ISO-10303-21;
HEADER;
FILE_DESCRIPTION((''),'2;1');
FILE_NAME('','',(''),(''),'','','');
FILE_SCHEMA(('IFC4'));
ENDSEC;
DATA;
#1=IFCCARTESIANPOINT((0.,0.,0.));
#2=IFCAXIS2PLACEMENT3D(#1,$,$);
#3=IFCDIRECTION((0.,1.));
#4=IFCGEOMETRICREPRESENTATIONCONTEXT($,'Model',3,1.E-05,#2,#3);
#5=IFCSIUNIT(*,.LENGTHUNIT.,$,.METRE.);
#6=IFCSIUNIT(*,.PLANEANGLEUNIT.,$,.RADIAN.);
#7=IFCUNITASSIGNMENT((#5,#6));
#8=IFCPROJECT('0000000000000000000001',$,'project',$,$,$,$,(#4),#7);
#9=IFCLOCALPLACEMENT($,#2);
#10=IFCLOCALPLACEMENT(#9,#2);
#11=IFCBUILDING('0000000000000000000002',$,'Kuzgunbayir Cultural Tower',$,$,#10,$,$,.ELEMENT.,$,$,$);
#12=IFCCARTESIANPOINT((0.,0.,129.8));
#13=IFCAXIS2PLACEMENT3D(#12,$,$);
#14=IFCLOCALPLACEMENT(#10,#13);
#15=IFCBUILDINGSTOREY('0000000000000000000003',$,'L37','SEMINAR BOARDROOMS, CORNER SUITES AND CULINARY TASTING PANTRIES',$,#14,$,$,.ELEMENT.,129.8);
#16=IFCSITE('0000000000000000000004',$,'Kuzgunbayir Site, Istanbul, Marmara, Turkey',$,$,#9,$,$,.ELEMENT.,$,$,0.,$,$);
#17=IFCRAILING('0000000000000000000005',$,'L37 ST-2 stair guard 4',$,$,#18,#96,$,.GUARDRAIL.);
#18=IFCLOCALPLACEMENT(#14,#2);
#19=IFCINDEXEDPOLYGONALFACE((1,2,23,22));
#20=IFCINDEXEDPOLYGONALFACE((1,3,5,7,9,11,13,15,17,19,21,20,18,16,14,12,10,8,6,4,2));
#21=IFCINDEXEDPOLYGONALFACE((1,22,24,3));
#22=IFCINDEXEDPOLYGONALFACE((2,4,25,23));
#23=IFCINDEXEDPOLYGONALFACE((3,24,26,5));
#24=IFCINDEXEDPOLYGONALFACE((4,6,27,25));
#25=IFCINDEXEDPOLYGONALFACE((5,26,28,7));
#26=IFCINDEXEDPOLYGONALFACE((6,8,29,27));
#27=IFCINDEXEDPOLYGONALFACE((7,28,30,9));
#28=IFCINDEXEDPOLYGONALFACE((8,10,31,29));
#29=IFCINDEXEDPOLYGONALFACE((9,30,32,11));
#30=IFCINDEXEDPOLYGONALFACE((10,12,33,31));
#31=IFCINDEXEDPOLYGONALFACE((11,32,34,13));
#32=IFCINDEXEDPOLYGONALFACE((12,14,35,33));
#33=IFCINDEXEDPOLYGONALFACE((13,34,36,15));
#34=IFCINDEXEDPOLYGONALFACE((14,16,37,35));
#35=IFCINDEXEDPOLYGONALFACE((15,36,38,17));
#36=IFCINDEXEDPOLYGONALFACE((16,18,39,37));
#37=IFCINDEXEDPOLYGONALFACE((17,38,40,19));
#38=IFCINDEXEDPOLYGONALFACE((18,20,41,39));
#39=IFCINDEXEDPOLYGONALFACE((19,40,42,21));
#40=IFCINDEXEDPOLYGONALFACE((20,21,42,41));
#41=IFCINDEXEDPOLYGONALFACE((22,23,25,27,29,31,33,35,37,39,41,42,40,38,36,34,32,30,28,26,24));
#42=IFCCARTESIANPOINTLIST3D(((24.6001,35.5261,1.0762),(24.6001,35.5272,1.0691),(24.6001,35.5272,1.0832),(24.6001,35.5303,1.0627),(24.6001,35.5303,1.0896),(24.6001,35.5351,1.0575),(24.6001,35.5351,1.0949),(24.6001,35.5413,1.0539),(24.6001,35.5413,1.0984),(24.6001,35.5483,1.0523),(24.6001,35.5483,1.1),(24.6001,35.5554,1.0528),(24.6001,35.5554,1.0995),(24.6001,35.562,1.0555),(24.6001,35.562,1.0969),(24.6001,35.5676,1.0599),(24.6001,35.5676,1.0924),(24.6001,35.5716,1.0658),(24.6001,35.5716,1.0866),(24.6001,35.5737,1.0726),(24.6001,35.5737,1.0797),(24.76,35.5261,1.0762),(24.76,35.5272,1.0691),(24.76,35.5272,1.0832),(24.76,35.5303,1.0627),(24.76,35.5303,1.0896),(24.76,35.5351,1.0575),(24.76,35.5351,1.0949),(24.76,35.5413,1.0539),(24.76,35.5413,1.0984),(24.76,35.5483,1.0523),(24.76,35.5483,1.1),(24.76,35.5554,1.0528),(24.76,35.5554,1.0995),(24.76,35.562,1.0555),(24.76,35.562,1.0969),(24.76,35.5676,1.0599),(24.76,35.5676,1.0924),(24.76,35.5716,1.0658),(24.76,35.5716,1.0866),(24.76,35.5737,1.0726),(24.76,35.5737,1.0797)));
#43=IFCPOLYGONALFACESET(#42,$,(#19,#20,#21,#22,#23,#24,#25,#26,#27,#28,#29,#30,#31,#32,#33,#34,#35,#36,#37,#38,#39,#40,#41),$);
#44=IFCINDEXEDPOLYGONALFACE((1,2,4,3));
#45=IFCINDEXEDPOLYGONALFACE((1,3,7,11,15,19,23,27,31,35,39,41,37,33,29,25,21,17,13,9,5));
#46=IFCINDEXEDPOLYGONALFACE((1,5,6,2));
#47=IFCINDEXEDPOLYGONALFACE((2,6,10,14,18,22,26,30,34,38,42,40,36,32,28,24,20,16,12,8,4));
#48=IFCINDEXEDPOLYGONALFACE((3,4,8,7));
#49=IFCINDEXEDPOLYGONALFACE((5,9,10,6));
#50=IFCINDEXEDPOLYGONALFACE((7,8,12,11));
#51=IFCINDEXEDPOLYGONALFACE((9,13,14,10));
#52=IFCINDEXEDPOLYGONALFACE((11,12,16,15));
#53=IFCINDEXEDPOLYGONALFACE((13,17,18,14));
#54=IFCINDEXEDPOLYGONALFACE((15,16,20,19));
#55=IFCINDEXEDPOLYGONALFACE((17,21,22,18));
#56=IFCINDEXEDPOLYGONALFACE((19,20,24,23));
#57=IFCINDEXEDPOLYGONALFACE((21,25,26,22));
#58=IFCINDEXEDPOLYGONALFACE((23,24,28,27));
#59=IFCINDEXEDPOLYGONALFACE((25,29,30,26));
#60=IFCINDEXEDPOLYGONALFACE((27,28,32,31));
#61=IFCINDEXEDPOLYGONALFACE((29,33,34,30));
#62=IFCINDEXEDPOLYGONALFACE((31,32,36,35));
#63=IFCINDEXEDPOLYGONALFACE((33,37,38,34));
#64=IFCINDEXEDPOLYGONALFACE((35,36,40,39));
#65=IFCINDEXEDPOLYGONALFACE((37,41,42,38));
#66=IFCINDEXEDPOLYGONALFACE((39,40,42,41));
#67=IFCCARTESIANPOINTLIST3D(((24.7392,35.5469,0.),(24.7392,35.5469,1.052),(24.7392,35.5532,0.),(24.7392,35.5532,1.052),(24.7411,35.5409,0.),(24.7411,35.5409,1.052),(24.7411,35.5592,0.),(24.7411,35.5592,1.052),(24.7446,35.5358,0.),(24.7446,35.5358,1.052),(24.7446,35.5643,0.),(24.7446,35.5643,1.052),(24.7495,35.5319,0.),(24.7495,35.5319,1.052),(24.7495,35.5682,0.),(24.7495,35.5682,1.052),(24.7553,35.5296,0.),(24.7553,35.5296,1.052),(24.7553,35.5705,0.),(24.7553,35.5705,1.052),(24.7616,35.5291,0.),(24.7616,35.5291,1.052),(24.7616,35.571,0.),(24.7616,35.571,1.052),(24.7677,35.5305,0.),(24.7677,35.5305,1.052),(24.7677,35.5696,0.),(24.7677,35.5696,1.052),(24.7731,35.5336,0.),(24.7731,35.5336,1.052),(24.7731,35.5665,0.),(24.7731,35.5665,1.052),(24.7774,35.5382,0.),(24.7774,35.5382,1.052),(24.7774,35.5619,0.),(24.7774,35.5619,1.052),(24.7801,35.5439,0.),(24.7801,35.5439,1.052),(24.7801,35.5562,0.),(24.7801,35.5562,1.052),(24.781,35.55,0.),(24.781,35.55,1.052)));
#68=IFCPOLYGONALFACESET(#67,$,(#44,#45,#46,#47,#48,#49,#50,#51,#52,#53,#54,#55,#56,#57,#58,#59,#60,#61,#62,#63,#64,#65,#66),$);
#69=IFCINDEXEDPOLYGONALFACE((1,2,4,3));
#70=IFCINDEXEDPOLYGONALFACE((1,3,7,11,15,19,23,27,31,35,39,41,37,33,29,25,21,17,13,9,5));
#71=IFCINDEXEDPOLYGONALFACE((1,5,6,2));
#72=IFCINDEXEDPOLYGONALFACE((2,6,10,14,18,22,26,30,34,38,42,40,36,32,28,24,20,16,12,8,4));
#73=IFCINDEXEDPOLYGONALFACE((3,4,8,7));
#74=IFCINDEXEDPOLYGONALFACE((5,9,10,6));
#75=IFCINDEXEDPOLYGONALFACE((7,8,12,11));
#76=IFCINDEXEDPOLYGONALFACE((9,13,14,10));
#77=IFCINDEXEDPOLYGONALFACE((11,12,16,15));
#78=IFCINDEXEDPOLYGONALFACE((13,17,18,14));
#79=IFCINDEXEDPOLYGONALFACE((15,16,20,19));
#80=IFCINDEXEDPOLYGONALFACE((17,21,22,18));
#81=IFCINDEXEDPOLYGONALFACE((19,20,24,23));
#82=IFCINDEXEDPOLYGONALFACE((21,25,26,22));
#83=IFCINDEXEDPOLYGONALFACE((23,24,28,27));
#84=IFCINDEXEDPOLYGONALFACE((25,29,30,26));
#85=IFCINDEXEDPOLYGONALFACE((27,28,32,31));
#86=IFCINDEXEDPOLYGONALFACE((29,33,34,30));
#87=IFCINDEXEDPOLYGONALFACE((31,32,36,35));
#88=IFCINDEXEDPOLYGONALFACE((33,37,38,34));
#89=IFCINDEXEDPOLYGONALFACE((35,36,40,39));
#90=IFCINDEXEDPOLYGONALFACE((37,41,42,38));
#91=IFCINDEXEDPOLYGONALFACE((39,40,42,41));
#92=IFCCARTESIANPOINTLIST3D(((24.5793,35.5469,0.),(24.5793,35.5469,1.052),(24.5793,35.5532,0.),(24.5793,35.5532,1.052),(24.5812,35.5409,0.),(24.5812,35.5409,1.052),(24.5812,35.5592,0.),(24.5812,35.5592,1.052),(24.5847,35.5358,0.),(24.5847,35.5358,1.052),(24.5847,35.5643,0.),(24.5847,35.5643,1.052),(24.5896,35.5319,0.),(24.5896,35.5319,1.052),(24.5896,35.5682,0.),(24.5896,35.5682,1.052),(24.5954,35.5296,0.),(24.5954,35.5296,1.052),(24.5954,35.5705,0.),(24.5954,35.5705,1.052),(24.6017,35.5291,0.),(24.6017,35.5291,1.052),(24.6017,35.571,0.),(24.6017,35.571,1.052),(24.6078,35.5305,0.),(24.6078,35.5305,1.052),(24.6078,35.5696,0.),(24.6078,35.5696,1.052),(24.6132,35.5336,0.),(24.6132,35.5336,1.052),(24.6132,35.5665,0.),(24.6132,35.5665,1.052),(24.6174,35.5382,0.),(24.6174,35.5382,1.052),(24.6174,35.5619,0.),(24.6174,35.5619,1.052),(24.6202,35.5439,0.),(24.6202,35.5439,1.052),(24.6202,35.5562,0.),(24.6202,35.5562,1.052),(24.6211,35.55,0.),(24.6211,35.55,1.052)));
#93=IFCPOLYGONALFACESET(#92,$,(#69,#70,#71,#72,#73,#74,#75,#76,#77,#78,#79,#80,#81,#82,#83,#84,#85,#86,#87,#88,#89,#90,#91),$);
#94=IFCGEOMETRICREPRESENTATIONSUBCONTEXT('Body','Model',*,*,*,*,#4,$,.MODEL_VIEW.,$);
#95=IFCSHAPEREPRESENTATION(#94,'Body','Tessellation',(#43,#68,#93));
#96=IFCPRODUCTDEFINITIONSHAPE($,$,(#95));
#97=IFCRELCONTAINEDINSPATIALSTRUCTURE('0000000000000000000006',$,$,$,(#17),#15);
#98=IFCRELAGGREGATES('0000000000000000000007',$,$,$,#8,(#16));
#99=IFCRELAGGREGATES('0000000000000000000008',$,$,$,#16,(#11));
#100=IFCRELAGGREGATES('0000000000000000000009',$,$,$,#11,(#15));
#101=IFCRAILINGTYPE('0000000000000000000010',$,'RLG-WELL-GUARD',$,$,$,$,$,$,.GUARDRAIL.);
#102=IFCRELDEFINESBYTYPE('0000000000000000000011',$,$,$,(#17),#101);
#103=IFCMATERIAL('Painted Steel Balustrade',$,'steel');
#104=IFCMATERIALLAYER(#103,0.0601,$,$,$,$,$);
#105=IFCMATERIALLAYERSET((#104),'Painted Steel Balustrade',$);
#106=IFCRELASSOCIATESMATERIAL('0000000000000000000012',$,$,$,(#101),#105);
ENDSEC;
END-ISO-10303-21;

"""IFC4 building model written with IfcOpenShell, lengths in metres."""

from ifc_helpers import new_model, si_unit, direction, frame, origin, origin_2d, place, context, subcontext, project, spatial, circle, extrude, material, layer, layer_set, type_object, element, save


model = new_model("IFC4")

# Units and contexts
model_context = context("Model", 3, precision=1e-05, world=origin(), true_north=direction((0.0, 1.0)))
body_context = subcontext(model_context, "Body", "Model", "MODEL_VIEW")
ifc_project = project(units=[si_unit("LENGTHUNIT", "METRE"), si_unit("PLANEANGLEUNIT", "RADIAN")], contexts=[model_context])

# Site, building, storey
site_placement = place(None, origin())
site = spatial("IfcSite", under=ifc_project, at=site_placement, Name="Kuzgunbayir Site, Istanbul, Marmara, Turkey", CompositionType="ELEMENT", RefElevation=0.0)
building_placement = place(site_placement, origin())
building = spatial("IfcBuilding", under=site, at=building_placement, Name="Kuzgunbayir Cultural Tower", CompositionType="ELEMENT")
storey_placement = place(building_placement, frame((0.0, 0.0, 129.8)))
storey = spatial("IfcBuildingStorey", under=building, at=storey_placement, Name="L37", Description="SEMINAR BOARDROOMS, CORNER SUITES AND CULINARY TASTING PANTRIES", CompositionType="ELEMENT", Elevation=129.8)

# Railing
ifc_material_1 = material(Name="Painted Steel Balustrade", Category="steel")
ifc_layer_1 = layer(ifc_material_1, 0.0601)
ifc_layer_set_1 = layer_set([ifc_layer_1], Name="Painted Steel Balustrade")
railing_type_1 = type_object("IfcRailingType", Name="RLG-WELL-GUARD", PredefinedType="GUARDRAIL", material=ifc_layer_set_1)
railing_1_placement = place(storey_placement, frame((24.76, 35.55, 0.0)))
element("IfcRailing", 1, at=railing_1_placement, inside=storey, type_object=railing_type_1, Name="L37 ST-2 stair guard 4", PredefinedType="GUARDRAIL", context=body_context, shape_type="SweptSolid", body=[
    extrude(circle(Radius=0.0239, at=origin_2d()), frame((0.0, 0.0, 1.0762), z_axis=(-1.0, 0.0, 0.0), x_axis=(0.0, -1.0, 0.0)), (0.0, 0.0, 1.0), 0.1599),
    extrude(circle(Radius=0.021, at=origin_2d()), origin(), (0.0, 0.0, 1.0), 1.052),
    extrude(circle(Radius=0.021, at=origin_2d()), frame((-0.1599, 0.0, 0.0)), (0.0, 0.0, 1.0), 1.052),
])

save(model, "model.ifc")
